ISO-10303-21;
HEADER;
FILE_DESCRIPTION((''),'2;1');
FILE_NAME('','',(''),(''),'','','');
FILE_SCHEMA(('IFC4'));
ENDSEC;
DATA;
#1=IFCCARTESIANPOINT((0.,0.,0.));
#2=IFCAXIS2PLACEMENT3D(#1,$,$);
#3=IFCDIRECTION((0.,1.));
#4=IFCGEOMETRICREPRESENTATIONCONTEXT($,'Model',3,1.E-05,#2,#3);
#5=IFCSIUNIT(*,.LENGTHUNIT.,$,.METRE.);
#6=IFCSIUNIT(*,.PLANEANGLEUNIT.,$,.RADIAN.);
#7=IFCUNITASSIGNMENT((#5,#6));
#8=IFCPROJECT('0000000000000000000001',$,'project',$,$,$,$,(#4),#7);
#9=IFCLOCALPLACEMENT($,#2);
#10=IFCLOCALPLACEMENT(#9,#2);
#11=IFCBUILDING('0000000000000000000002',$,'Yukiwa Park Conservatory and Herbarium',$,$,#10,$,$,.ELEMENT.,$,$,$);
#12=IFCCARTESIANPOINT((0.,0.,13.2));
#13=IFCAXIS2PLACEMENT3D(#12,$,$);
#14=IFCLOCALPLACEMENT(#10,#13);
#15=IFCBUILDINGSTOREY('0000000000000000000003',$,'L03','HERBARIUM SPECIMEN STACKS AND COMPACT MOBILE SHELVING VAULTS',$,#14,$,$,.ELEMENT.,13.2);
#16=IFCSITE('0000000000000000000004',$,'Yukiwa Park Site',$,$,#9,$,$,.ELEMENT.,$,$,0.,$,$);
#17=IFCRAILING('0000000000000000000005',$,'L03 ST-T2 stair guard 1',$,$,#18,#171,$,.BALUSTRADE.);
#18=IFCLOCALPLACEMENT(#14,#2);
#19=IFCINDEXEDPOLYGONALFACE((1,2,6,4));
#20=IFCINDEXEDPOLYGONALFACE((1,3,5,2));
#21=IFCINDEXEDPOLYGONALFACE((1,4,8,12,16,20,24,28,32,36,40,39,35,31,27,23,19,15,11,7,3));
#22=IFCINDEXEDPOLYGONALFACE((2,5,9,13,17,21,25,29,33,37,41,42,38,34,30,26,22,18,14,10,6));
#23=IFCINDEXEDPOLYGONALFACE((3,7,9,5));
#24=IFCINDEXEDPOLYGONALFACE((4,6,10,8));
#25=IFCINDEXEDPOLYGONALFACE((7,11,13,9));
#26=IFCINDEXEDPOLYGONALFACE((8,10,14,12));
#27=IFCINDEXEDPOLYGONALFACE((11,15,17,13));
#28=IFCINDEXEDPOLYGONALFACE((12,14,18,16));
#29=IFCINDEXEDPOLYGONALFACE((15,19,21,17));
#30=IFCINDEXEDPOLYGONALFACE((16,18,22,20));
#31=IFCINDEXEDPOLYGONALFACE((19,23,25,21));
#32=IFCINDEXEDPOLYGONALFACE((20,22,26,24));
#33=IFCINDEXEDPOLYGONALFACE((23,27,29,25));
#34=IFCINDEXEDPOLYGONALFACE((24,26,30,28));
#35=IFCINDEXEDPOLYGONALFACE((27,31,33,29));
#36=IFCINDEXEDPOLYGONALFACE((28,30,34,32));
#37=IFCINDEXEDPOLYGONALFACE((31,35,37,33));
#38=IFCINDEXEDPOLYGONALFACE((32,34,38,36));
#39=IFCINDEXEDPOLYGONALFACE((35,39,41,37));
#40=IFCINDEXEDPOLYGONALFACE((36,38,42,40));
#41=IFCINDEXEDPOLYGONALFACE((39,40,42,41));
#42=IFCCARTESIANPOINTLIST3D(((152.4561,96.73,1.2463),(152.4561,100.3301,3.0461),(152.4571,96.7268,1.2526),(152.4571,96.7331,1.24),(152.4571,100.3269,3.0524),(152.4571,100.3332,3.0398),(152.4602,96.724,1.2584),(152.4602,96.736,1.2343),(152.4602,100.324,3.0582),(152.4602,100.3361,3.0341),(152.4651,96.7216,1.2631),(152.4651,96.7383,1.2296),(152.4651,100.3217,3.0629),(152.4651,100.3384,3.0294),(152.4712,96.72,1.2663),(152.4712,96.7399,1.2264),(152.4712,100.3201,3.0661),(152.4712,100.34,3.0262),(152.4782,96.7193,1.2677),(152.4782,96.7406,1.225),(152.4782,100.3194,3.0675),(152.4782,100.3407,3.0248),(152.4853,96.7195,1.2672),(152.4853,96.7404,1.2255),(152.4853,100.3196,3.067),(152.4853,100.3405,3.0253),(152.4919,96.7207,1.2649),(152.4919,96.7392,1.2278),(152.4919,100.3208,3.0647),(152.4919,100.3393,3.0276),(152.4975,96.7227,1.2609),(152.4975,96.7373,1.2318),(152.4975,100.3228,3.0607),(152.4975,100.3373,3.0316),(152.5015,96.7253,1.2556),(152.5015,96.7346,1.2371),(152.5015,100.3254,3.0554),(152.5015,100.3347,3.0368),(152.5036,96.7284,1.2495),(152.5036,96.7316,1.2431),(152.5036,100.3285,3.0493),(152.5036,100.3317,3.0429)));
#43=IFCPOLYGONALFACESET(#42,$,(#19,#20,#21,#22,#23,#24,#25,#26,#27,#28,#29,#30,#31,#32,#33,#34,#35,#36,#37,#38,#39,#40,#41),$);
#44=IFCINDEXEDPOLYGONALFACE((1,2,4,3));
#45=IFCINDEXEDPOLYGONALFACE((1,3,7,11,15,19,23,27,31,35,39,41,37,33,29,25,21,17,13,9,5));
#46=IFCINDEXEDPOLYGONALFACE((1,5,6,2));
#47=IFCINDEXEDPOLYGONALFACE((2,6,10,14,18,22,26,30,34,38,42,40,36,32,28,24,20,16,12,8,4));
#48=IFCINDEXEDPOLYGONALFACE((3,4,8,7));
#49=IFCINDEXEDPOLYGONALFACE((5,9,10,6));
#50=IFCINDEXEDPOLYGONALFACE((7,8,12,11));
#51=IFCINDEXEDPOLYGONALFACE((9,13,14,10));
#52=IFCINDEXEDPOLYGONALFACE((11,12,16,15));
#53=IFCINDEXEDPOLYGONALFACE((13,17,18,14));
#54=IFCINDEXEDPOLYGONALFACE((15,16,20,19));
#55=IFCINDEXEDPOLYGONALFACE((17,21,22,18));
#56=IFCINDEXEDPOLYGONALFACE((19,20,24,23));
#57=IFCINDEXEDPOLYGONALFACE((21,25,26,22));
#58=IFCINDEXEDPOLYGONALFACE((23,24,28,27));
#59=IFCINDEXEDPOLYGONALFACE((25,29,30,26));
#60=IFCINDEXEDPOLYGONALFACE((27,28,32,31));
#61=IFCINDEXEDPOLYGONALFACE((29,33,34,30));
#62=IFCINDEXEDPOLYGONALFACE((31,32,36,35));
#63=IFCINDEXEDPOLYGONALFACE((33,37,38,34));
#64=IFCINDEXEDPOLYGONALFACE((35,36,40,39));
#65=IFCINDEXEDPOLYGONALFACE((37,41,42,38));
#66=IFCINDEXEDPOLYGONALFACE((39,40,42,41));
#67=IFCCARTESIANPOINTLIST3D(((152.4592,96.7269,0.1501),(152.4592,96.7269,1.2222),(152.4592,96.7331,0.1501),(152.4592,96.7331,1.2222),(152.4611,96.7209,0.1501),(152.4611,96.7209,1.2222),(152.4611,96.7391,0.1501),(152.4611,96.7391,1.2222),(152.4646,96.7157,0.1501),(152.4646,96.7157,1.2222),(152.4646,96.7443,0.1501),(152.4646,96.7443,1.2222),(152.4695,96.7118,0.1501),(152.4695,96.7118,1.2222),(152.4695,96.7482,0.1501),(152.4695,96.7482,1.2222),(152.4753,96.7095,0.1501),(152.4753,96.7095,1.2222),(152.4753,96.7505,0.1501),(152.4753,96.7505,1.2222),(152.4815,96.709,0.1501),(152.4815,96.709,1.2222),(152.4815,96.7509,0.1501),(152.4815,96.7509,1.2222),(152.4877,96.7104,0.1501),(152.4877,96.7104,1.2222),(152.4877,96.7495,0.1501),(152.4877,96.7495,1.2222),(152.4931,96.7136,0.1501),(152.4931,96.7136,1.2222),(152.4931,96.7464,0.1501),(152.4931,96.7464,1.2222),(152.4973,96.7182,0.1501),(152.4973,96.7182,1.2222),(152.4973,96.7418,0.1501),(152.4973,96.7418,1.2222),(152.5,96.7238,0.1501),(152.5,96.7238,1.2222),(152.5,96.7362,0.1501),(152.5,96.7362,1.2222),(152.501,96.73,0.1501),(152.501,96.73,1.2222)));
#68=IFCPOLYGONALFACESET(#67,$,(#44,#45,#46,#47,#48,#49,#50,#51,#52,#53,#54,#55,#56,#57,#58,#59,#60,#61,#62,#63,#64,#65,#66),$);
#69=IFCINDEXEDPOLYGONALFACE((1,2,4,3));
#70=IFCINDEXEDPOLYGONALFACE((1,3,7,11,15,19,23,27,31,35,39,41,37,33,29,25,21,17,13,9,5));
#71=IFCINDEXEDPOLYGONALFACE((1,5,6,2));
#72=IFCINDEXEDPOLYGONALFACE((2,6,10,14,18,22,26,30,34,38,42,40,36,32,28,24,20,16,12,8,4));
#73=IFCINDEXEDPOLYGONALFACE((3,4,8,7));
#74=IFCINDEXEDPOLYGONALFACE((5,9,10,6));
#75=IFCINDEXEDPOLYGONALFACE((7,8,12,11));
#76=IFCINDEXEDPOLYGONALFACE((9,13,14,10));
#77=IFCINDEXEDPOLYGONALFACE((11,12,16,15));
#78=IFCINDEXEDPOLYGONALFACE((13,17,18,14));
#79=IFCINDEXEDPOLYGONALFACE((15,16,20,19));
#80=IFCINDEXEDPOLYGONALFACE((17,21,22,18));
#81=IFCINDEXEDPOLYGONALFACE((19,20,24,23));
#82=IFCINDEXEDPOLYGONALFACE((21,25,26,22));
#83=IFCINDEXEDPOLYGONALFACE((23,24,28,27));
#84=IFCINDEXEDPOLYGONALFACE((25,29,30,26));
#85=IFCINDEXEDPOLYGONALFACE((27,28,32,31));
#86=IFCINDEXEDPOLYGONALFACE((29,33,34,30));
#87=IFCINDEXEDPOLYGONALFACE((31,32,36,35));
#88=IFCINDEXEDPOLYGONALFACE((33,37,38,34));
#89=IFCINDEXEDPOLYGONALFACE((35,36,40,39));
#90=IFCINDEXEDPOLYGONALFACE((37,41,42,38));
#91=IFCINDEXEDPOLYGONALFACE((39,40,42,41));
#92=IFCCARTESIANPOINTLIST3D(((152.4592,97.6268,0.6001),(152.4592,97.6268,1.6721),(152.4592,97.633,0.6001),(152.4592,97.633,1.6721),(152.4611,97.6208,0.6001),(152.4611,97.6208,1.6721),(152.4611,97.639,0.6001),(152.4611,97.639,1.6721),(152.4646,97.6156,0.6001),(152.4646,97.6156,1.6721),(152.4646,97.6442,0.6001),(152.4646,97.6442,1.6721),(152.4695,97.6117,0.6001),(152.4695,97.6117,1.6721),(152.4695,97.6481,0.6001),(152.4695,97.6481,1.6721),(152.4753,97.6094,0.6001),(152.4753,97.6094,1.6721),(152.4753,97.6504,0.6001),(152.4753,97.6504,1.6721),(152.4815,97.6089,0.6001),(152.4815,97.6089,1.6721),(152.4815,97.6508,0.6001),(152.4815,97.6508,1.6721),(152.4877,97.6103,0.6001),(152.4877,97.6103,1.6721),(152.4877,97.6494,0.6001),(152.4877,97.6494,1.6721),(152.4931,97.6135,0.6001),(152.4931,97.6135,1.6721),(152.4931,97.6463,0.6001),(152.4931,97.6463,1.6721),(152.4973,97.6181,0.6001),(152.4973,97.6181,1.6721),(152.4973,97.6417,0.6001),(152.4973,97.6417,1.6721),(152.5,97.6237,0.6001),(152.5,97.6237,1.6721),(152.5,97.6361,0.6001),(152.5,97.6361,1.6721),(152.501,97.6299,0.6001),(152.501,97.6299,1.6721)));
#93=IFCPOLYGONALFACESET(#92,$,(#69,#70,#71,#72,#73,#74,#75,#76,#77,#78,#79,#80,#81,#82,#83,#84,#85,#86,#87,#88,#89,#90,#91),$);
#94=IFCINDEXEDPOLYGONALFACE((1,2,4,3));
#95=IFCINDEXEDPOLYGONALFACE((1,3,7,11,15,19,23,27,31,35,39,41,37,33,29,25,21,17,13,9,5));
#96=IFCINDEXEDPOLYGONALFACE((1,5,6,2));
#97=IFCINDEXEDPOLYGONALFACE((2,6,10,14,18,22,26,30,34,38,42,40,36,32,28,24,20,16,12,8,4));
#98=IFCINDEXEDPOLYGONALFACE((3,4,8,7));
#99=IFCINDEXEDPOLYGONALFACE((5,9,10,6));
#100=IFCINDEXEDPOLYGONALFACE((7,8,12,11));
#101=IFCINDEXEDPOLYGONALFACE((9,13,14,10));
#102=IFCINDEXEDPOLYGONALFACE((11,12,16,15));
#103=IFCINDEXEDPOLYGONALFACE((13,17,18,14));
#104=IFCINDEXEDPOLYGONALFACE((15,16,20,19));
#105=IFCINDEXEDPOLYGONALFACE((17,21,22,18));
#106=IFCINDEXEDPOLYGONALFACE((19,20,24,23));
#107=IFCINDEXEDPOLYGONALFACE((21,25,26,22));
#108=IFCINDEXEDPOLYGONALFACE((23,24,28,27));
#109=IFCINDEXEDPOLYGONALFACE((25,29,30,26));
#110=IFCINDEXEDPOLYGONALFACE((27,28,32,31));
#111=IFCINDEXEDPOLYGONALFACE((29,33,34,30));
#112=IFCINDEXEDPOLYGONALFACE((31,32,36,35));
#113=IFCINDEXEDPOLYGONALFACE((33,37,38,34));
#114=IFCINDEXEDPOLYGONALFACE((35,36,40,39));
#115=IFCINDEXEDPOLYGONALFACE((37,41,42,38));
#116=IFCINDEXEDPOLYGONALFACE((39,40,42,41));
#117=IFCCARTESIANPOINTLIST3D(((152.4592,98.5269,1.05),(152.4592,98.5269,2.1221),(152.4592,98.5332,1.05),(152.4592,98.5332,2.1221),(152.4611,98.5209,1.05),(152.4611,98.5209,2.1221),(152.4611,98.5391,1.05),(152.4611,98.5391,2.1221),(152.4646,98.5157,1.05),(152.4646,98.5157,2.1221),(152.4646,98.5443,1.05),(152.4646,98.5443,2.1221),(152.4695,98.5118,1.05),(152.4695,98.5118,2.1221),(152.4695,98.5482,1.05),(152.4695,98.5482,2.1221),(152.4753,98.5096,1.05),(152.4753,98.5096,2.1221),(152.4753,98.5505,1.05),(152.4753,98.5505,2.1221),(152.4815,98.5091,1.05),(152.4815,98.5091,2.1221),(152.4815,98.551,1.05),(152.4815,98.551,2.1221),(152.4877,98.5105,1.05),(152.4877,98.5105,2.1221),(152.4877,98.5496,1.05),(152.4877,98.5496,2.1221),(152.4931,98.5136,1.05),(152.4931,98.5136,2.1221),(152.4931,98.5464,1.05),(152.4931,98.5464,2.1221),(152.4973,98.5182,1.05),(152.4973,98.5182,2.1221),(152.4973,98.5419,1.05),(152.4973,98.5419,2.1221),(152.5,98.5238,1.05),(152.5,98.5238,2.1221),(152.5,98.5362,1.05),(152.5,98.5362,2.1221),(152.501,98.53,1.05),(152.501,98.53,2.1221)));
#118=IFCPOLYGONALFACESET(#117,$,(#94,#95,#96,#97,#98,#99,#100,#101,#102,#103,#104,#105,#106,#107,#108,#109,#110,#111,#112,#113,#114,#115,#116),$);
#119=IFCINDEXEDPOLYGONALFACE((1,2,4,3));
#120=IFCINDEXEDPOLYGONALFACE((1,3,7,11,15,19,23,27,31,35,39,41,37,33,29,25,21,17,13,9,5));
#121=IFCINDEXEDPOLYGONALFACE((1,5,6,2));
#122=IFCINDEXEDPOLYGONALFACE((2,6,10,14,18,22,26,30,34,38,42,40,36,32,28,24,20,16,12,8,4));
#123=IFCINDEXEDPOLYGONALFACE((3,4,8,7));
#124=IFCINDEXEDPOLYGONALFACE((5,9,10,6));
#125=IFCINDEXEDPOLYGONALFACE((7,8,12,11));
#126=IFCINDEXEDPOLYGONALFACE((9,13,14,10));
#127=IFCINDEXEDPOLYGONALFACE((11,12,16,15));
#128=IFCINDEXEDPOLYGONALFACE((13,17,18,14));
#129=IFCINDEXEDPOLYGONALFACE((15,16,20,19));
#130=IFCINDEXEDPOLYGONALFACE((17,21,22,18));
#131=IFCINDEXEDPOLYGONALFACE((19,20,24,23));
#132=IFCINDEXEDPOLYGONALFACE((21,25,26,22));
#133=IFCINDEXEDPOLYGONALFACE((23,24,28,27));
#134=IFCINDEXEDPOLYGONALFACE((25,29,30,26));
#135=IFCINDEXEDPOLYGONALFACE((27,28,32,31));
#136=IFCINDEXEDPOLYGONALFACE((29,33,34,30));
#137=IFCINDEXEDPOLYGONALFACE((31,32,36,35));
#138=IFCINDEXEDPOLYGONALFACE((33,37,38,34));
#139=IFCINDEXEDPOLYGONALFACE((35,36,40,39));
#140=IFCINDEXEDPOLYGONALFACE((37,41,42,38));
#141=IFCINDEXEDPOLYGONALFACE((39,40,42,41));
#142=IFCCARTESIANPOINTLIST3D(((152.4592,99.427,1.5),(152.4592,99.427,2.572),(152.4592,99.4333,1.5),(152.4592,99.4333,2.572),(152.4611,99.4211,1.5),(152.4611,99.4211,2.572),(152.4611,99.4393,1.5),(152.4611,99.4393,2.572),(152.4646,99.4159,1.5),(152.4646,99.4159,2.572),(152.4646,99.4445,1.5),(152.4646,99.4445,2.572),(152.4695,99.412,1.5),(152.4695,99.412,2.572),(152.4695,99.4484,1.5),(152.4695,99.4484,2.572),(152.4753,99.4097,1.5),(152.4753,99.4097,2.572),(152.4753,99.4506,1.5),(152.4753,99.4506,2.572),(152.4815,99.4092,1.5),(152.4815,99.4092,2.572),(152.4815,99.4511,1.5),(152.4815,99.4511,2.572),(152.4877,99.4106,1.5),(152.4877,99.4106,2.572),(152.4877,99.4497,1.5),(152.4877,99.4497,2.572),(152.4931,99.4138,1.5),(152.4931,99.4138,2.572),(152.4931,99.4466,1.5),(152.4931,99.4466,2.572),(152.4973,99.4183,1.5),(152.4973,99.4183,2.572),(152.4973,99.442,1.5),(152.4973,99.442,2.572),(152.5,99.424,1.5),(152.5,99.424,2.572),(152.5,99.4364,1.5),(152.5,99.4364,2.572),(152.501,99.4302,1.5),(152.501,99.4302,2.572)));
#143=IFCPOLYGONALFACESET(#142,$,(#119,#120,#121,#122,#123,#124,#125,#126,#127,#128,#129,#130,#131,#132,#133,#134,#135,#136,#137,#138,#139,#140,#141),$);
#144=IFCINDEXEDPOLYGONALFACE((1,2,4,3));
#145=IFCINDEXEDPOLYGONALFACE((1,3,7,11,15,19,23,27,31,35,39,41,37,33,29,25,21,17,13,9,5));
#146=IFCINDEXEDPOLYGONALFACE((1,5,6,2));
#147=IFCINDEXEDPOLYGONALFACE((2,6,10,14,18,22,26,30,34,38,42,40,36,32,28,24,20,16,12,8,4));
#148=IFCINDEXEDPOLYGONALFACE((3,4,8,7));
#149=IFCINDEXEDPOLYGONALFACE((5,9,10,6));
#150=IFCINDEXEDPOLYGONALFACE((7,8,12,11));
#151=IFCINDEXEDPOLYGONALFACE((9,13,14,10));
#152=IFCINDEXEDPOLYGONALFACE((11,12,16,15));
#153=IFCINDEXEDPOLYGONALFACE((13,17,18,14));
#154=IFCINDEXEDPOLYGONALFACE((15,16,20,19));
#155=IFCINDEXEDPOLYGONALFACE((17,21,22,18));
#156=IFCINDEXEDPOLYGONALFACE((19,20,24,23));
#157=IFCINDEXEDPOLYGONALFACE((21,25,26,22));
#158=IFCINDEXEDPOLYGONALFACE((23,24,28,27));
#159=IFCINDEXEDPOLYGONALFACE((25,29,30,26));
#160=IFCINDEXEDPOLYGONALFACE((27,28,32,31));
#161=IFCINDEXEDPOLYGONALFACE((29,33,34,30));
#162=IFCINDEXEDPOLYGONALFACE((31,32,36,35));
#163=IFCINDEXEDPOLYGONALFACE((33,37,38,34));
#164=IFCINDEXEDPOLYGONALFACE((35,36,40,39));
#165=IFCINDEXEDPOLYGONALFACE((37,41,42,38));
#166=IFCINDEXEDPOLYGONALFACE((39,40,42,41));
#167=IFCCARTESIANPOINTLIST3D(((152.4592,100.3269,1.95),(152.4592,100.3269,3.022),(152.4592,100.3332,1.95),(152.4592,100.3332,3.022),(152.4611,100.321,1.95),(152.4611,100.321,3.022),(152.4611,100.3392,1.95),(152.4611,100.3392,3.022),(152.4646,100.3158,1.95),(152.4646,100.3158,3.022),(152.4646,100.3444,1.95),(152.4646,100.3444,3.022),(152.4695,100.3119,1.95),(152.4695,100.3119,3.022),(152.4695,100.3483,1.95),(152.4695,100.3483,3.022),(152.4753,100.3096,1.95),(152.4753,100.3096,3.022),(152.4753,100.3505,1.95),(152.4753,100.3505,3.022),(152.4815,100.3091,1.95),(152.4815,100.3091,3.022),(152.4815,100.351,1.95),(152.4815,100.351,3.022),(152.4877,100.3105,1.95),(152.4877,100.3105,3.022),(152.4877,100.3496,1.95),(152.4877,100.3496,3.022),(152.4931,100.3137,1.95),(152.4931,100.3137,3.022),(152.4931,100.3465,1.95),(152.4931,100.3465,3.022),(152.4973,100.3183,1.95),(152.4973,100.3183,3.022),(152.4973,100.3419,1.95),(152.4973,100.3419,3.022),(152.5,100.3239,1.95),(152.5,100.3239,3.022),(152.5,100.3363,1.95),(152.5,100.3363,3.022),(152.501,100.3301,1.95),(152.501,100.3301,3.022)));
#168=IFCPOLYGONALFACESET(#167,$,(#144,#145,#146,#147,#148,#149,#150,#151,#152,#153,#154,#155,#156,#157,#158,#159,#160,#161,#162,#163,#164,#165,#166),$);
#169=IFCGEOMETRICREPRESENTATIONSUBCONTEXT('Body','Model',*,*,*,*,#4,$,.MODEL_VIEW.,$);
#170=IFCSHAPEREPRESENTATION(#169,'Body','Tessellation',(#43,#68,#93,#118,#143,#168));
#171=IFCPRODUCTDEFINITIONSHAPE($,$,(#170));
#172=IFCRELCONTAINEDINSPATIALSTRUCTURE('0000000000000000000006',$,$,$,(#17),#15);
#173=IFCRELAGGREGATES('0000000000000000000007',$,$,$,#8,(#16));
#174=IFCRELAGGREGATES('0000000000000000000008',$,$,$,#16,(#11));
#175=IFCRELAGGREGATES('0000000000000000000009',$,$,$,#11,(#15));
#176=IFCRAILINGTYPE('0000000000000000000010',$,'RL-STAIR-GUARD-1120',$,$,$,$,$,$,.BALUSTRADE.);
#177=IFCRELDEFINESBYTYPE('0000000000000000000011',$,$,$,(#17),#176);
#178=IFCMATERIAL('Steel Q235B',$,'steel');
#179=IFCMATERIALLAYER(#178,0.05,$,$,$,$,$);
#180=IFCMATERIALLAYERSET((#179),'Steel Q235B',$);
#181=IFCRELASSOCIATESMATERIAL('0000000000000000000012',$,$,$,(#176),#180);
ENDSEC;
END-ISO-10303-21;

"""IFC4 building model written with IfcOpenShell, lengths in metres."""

from ifc_helpers import new_model, si_unit, direction, frame, origin, origin_2d, place, context, subcontext, project, spatial, circle, extrude, material, layer, layer_set, type_object, element, save


model = new_model("IFC4")

# Units and contexts
model_context = context("Model", 3, precision=1e-05, world=origin(), true_north=direction((0.0, 1.0)))
body_context = subcontext(model_context, "Body", "Model", "MODEL_VIEW")
ifc_project = project(units=[si_unit("LENGTHUNIT", "METRE"), si_unit("PLANEANGLEUNIT", "RADIAN")], contexts=[model_context])

# Site, building, storey
site_placement = place(None, origin())
site = spatial("IfcSite", under=ifc_project, at=site_placement, Name="Yukiwa Park Site", CompositionType="ELEMENT", RefElevation=0.0)
building_placement = place(site_placement, origin())
building = spatial("IfcBuilding", under=site, at=building_placement, Name="Yukiwa Park Conservatory and Herbarium", CompositionType="ELEMENT")
storey_placement = place(building_placement, frame((0.0, 0.0, 13.2)))
storey = spatial("IfcBuildingStorey", under=building, at=storey_placement, Name="L03", Description="HERBARIUM SPECIMEN STACKS AND COMPACT MOBILE SHELVING VAULTS", CompositionType="ELEMENT", Elevation=13.2)

# Railing
ifc_material_1 = material(Name="Steel Q235B", Category="steel")
ifc_layer_1 = layer(ifc_material_1, 0.05)
ifc_layer_set_1 = layer_set([ifc_layer_1], Name="Steel Q235B")
railing_type_1 = type_object("IfcRailingType", Name="RL-STAIR-GUARD-1120", PredefinedType="BALUSTRADE", material=ifc_layer_set_1)
railing_1_placement = place(storey_placement, frame((152.48, 96.73, 0.1501)))
element("IfcRailing", 1, at=railing_1_placement, inside=storey, type_object=railing_type_1, Name="L03 ST-T2 stair guard 1", PredefinedType="BALUSTRADE", context=body_context, shape_type="SweptSolid", body=[
    extrude(circle(Radius=0.0239, at=origin_2d()), frame((0.0, 0.0, 1.0962), z_axis=(0.0, 0.894451, 0.447165), x_axis=(-1.0, 0.0, 0.0)), (0.0, 0.0, 1.0), 4.0249),
    extrude(circle(Radius=0.021, at=origin_2d()), origin(), (0.0, 0.0, 1.0), 1.072),
    extrude(circle(Radius=0.021, at=origin_2d()), frame((0.0, 0.8999, 0.45)), (0.0, 0.0, 1.0), 1.072),
    extrude(circle(Radius=0.021, at=origin_2d()), frame((0.0, 1.8, 0.8999)), (0.0, 0.0, 1.0), 1.072),
    extrude(circle(Radius=0.021, at=origin_2d()), frame((0.0, 2.7002, 1.3499)), (0.0, 0.0, 1.0), 1.072),
    extrude(circle(Radius=0.021, at=origin_2d()), frame((0.0, 3.6001, 1.7998)), (0.0, 0.0, 1.0), 1.072),
])

save(model, "model.ifc")
